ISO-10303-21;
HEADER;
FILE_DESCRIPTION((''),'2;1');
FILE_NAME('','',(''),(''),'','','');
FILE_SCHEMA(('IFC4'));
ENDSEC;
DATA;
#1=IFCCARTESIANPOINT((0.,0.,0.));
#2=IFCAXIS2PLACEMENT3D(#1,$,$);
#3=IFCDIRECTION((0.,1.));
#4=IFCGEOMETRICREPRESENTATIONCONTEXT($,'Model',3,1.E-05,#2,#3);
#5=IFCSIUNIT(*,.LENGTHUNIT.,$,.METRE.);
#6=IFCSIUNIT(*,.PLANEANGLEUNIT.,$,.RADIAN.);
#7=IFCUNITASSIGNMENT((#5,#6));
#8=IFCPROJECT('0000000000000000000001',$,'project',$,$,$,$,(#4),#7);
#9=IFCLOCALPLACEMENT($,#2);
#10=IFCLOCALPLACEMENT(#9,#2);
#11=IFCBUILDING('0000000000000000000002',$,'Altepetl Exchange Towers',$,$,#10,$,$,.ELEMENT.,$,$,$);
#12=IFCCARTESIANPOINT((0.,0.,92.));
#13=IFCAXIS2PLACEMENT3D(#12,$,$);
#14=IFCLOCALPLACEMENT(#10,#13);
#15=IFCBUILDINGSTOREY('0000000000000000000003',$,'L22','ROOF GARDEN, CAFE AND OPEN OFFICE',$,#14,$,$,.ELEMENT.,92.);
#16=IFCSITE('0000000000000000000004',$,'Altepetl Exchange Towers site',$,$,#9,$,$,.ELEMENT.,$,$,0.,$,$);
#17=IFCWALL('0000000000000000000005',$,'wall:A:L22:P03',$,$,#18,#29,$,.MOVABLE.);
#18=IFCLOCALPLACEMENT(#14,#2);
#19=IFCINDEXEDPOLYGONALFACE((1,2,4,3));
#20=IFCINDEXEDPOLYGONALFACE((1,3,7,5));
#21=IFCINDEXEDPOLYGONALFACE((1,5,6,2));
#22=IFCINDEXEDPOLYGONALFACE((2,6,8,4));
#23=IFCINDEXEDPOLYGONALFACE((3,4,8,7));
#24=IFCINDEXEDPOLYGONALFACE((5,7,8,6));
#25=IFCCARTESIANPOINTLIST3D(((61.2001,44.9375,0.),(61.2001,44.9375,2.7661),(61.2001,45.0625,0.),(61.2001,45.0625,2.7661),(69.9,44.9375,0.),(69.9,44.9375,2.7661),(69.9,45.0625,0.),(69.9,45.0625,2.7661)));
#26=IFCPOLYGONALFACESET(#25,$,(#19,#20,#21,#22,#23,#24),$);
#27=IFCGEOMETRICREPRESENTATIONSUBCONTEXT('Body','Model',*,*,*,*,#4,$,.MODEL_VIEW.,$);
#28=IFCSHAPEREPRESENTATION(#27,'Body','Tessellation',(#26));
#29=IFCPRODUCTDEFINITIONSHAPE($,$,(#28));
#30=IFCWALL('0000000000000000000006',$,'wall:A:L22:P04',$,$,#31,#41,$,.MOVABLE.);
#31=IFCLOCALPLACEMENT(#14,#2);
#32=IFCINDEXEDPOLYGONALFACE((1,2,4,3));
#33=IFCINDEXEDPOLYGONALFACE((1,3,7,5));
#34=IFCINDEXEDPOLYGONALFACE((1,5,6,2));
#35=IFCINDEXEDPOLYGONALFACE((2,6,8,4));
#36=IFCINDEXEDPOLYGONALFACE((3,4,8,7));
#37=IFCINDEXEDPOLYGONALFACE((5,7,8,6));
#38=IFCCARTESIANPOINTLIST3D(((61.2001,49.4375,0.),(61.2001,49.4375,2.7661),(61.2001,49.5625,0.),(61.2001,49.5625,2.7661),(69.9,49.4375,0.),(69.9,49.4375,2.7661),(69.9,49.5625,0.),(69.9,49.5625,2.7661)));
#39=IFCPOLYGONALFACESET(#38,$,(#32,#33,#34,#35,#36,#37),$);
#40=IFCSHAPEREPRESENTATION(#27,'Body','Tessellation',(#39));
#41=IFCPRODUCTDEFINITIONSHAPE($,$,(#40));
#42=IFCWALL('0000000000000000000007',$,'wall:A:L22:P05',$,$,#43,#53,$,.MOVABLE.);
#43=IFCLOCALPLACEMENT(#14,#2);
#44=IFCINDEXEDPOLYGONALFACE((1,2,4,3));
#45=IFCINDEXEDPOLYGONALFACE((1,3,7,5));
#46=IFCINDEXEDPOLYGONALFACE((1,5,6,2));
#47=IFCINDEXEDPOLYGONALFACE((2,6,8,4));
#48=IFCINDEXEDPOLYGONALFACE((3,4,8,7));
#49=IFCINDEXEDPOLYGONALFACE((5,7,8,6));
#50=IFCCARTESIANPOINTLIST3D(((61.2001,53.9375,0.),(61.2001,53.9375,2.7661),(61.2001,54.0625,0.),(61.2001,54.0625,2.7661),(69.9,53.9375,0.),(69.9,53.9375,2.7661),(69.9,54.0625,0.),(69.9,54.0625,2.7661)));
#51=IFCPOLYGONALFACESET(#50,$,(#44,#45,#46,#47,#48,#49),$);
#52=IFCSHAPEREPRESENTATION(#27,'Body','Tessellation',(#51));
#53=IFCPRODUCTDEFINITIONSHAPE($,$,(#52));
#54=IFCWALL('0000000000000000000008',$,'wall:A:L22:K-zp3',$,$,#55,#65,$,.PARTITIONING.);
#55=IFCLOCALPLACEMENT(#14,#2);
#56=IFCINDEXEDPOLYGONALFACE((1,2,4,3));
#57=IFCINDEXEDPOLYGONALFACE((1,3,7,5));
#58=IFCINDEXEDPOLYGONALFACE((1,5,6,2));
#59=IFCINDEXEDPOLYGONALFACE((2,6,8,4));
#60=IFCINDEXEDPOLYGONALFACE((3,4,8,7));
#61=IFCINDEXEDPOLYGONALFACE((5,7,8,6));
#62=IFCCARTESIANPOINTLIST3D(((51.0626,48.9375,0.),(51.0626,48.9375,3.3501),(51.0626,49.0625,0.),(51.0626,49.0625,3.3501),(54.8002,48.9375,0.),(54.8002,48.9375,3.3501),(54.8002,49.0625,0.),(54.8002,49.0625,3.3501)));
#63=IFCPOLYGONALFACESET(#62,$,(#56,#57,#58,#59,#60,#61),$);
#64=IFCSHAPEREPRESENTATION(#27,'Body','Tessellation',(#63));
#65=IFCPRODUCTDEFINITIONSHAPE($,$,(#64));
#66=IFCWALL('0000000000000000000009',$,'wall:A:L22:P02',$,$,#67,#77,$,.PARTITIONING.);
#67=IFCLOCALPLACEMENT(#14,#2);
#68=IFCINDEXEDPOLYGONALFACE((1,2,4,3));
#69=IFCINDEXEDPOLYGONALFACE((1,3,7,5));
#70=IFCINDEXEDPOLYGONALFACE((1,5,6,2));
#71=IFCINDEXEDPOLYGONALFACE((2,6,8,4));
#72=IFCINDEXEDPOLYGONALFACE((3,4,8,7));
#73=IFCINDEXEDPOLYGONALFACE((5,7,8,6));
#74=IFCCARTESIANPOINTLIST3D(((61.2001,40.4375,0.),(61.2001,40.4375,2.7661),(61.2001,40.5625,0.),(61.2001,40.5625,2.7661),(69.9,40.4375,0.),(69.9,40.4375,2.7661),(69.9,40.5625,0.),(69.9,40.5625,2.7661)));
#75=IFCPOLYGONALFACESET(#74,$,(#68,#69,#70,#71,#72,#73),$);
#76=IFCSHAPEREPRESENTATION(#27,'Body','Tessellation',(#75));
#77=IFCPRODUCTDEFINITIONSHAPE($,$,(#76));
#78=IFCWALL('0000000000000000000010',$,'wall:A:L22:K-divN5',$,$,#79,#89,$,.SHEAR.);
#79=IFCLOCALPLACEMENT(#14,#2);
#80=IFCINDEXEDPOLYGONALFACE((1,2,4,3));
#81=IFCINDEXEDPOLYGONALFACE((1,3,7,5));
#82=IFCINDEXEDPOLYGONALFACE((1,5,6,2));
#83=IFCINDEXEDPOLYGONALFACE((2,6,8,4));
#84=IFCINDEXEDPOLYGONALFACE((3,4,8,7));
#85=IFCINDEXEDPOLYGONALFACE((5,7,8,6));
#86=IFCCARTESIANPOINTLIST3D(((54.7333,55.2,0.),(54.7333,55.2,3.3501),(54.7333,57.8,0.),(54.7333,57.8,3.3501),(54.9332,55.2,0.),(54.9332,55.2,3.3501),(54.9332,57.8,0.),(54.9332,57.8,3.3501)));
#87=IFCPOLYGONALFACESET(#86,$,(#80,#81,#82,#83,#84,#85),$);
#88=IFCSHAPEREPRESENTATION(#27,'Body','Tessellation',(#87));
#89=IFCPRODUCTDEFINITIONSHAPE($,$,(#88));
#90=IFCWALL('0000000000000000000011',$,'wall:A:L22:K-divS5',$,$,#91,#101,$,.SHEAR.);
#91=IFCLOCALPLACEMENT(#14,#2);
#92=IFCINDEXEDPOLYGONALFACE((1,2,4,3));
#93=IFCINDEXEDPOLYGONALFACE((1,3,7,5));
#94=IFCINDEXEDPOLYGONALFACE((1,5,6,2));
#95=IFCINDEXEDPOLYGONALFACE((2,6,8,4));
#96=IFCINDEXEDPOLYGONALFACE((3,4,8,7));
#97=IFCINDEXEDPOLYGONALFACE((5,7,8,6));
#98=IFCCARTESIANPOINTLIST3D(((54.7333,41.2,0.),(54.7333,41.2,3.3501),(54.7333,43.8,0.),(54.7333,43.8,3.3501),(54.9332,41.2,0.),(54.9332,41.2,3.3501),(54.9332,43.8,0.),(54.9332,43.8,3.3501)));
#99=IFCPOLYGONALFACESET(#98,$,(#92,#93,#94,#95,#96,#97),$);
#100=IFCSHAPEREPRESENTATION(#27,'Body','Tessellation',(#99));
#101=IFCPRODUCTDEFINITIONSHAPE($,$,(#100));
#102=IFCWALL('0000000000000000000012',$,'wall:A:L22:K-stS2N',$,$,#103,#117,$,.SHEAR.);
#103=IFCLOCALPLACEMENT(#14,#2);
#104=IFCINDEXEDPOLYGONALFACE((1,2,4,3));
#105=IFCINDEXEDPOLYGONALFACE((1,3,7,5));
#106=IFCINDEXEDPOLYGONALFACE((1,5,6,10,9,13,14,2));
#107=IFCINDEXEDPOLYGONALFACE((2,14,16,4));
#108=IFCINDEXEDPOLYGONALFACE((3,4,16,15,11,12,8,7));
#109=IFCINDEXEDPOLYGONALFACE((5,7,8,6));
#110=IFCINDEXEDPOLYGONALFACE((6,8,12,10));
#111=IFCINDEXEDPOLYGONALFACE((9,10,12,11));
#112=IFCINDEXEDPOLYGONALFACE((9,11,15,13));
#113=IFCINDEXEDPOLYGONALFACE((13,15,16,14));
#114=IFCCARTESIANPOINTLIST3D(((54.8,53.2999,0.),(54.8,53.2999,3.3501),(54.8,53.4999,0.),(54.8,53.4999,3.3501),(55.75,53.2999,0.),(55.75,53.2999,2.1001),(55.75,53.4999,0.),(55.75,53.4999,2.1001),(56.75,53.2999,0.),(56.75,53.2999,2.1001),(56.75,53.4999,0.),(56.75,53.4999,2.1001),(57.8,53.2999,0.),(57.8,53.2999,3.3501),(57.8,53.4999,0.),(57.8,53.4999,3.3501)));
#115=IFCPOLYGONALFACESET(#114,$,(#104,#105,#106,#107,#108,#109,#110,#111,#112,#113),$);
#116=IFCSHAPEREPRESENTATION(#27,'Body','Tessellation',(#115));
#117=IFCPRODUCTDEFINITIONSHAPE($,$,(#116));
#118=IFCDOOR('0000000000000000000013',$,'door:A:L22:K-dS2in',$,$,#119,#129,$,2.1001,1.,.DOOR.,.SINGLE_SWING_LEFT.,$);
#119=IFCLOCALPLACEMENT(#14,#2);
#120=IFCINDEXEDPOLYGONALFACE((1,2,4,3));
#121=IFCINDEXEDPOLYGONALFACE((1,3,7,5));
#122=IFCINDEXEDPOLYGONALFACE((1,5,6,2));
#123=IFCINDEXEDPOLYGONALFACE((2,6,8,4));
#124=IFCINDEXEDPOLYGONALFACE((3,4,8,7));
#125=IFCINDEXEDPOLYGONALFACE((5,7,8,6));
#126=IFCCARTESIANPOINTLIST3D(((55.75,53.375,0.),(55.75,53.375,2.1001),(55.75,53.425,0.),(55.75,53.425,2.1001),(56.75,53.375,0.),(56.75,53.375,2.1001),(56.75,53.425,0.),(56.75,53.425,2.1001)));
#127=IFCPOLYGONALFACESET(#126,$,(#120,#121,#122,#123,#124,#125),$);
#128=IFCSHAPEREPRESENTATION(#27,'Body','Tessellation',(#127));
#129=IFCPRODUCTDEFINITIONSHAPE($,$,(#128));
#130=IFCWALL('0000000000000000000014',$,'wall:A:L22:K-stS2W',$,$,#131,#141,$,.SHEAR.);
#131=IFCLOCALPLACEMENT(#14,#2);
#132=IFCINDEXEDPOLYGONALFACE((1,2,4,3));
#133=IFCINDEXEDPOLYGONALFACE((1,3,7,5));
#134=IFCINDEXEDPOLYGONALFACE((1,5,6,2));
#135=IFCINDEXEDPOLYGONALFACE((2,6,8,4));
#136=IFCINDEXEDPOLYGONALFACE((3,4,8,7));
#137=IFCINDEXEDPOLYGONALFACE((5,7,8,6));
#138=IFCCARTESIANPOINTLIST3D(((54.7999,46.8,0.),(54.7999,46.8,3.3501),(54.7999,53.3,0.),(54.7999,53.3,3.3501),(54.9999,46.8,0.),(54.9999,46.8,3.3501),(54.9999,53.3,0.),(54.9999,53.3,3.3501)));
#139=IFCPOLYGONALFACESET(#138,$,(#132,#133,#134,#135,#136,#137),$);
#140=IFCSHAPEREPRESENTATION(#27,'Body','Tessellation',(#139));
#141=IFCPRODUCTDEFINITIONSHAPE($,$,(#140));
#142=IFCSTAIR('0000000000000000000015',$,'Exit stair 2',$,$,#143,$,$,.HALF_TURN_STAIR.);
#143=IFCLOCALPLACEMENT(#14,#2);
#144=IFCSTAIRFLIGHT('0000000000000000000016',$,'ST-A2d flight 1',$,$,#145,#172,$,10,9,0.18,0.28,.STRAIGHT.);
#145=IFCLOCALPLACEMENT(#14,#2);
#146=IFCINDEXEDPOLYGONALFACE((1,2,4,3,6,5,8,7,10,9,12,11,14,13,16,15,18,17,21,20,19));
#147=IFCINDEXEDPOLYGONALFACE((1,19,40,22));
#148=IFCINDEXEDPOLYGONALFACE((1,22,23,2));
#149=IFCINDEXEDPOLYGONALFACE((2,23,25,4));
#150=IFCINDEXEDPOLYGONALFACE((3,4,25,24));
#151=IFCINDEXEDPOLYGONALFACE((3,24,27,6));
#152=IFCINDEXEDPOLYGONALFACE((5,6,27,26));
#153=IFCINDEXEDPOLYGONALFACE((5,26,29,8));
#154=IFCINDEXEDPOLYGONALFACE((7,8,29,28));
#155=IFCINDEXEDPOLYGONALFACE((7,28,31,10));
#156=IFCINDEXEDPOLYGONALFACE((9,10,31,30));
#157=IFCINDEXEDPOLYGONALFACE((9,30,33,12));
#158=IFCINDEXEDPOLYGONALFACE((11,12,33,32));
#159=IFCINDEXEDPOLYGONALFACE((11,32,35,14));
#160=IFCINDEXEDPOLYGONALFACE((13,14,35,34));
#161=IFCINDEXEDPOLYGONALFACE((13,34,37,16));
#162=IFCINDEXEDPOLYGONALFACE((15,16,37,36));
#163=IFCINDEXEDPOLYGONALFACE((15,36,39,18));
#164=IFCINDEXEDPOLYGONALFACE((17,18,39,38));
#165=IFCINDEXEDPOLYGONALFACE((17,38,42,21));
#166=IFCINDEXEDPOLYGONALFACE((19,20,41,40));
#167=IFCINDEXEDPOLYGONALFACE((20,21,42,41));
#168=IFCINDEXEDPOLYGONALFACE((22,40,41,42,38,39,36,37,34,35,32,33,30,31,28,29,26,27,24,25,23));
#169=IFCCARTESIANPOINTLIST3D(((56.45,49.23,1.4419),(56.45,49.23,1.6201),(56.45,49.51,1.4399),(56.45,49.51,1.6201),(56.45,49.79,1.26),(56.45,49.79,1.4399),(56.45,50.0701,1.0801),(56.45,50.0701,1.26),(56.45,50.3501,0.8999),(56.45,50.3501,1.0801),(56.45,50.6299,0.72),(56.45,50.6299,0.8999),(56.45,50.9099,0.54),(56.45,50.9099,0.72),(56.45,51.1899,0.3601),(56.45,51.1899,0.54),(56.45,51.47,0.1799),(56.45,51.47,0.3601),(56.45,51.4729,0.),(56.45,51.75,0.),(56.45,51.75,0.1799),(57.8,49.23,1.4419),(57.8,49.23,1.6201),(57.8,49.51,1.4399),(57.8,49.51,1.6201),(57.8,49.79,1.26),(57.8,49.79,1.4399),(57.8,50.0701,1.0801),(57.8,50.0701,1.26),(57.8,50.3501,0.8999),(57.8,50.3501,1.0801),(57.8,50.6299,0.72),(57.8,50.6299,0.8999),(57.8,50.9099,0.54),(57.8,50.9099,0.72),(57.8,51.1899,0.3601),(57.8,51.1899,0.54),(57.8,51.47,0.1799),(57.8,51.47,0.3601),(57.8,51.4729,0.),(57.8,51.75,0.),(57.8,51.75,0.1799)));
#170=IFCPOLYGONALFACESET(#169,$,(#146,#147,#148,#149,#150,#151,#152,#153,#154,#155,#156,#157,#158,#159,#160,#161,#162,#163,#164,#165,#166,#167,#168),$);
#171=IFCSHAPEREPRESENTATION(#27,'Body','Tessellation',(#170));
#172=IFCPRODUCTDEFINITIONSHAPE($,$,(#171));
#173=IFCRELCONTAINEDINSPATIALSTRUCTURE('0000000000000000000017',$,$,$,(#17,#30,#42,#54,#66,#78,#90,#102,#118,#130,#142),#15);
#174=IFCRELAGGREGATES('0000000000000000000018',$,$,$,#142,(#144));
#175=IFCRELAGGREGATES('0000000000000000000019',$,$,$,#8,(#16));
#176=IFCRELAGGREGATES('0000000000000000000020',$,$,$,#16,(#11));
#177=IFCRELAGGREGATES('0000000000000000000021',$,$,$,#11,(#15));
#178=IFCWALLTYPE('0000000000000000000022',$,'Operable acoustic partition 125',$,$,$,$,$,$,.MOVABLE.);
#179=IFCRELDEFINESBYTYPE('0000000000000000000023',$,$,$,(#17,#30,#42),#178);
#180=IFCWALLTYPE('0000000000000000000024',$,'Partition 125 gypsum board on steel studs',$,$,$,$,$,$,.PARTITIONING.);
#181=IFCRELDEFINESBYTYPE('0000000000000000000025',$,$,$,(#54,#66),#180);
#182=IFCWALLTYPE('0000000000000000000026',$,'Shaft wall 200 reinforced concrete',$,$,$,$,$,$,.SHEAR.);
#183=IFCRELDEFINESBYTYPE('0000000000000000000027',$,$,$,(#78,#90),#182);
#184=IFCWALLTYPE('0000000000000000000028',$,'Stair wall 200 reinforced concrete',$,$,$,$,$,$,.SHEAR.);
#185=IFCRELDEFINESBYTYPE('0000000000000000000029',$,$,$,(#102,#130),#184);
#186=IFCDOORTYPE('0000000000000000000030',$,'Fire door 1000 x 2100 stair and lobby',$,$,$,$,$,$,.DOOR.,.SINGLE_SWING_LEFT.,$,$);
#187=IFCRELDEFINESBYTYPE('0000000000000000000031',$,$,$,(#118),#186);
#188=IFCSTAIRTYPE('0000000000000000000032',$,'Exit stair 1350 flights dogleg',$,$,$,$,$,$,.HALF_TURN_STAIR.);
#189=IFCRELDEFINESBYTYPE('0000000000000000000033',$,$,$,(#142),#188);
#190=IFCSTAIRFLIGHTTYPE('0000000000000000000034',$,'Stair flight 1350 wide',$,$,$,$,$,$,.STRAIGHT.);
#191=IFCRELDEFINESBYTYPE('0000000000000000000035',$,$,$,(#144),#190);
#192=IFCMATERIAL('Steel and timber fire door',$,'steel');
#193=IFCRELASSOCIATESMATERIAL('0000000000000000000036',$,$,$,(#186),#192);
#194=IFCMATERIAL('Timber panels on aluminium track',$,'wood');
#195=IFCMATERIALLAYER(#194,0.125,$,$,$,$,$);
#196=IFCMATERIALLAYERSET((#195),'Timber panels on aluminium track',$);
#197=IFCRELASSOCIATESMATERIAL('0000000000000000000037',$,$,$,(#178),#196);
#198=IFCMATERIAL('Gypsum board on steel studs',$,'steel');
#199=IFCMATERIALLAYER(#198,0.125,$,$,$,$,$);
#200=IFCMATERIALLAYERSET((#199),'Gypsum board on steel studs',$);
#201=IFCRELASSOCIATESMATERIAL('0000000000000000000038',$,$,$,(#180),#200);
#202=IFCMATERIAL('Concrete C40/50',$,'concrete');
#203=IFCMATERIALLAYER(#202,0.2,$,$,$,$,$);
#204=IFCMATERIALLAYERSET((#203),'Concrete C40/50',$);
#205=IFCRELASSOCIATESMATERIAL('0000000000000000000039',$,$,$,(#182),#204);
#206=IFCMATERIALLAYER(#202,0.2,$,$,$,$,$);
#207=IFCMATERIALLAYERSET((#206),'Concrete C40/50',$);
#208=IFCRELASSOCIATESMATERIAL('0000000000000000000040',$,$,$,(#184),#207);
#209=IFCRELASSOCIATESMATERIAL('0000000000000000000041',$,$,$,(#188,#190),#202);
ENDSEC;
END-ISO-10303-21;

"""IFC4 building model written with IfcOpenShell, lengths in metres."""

from ifc_helpers import new_model, si_unit, direction, frame, frame_2d, origin, place, context, subcontext, project, spatial, polyline, rectangle, outline, extrude, material, layer, layer_set, type_object, element, fill, aggregate, save


model = new_model("IFC4")

# Units and contexts
model_context = context("Model", 3, precision=1e-05, world=origin(), true_north=direction((0.0, 1.0)))
body_context = subcontext(model_context, "Body", "Model", "MODEL_VIEW")
ifc_project = project(units=[si_unit("LENGTHUNIT", "METRE"), si_unit("PLANEANGLEUNIT", "RADIAN")], contexts=[model_context])

# Site, building, storey
site_placement = place(None, origin())
site = spatial("IfcSite", under=ifc_project, at=site_placement, Name="Altepetl Exchange Towers site", CompositionType="ELEMENT", RefElevation=0.0)
building_placement = place(site_placement, origin())
building = spatial("IfcBuilding", under=site, at=building_placement, Name="Altepetl Exchange Towers", CompositionType="ELEMENT")
storey_placement = place(building_placement, frame((0.0, 0.0, 92.0)))
storey = spatial("IfcBuildingStorey", under=building, at=storey_placement, Name="L22", Description="ROOF GARDEN, CAFE AND OPEN OFFICE", CompositionType="ELEMENT", Elevation=92.0)

# Shared definitions
ifc_material_1 = material(Name="Steel and timber fire door", Category="steel")
door_type_1 = type_object("IfcDoorType", Name="Fire door 1000 x 2100 stair and lobby", OperationType="SINGLE_SWING_LEFT", PredefinedType="DOOR", material=ifc_material_1)

# Walls
ifc_material_2 = material(Name="Timber panels on aluminium track", Category="wood")
ifc_layer_1 = layer(ifc_material_2, 0.125)
ifc_layer_set_1 = layer_set([ifc_layer_1], Name="Timber panels on aluminium track")
wall_type_1 = type_object("IfcWallType", Name="Operable acoustic partition 125", PredefinedType="MOVABLE", material=ifc_layer_set_1)
for number, where, name in (
    (1, (61.2, 45.0, 0.0), "wall:A:L22:P03"),
    (2, (61.2, 49.5, 0.0), "wall:A:L22:P04"),
    (3, (61.2, 54.0, 0.0), "wall:A:L22:P05"),
):
    element("IfcWall", number, at=place(storey_placement, frame(where)), inside=storey, type_object=wall_type_1, Name=name, PredefinedType="MOVABLE", context=body_context, shape_type="SweptSolid", body=[
        extrude(rectangle(XDim=8.7, YDim=0.125, at=frame_2d((4.3501, 0.0))), origin(), (0.0, 0.0, 1.0), 2.7661),
    ])
ifc_material_3 = material(Name="Gypsum board on steel studs", Category="steel")
ifc_layer_2 = layer(ifc_material_3, 0.125)
ifc_layer_set_2 = layer_set([ifc_layer_2], Name="Gypsum board on steel studs")
wall_type_2 = type_object("IfcWallType", Name="Partition 125 gypsum board on steel studs", PredefinedType="PARTITIONING", material=ifc_layer_set_2)
wall_1_placement = place(storey_placement, frame((54.8, 49.0, 0.0), z_axis=(0.0, 0.0, 1.0), x_axis=(-1.0, 0.0, 0.0)))
element("IfcWall", 4, at=wall_1_placement, inside=storey, type_object=wall_type_2, Name="wall:A:L22:K-zp3", PredefinedType="PARTITIONING", context=body_context, shape_type="SweptSolid", body=[
    extrude(rectangle(XDim=3.7375, YDim=0.125, at=frame_2d((1.8687, 0.0))), origin(), (0.0, 0.0, 1.0), 3.3501),
])
wall_2_placement = place(storey_placement, frame((61.2, 40.5, 0.0)))
element("IfcWall", 5, at=wall_2_placement, inside=storey, type_object=wall_type_2, Name="wall:A:L22:P02", PredefinedType="PARTITIONING", context=body_context, shape_type="SweptSolid", body=[
    extrude(rectangle(XDim=8.7, YDim=0.125, at=frame_2d((4.3501, 0.0))), origin(), (0.0, 0.0, 1.0), 2.7661),
])
ifc_material_4 = material(Name="Concrete C40/50", Category="concrete")
ifc_layer_3 = layer(ifc_material_4, 0.2)
ifc_layer_set_3 = layer_set([ifc_layer_3], Name="Concrete C40/50")
wall_type_3 = type_object("IfcWallType", Name="Shaft wall 200 reinforced concrete", PredefinedType="SHEAR", material=ifc_layer_set_3)
for number, where, z_axis, x_axis, name in (
    (6, (54.8333, 57.8, 0.0), (0.0, 0.0, 1.0), (0.0, -1.0, 0.0), "wall:A:L22:K-divN5"),
    (7, (54.8333, 41.2, 0.0), (0.0, 0.0, 1.0), (0.0, 1.0, 0.0), "wall:A:L22:K-divS5"),
):
    element("IfcWall", number, at=place(storey_placement, frame(where, z_axis=z_axis, x_axis=x_axis)), inside=storey, type_object=wall_type_3, Name=name, PredefinedType="SHEAR", context=body_context, shape_type="SweptSolid", body=[
        extrude(rectangle(XDim=2.6001, YDim=0.2, at=frame_2d((1.3, 0.0))), origin(), (0.0, 0.0, 1.0), 3.3501),
    ])

# Wall, opening, door
ifc_layer_4 = layer(ifc_material_4, 0.2)
ifc_layer_set_4 = layer_set([ifc_layer_4], Name="Concrete C40/50")
wall_type_4 = type_object("IfcWallType", Name="Stair wall 200 reinforced concrete", PredefinedType="SHEAR", material=ifc_layer_set_4)
wall_3_placement = place(storey_placement, frame((54.8, 53.3999, 0.0)))
wall_3 = element("IfcWall", 8, at=wall_3_placement, inside=storey, type_object=wall_type_4, Name="wall:A:L22:K-stS2N", PredefinedType="SHEAR", context=body_context, shape_type="SweptSolid", body=[
    extrude(rectangle(XDim=3.0, YDim=0.2, at=frame_2d((1.5, 0.0))), origin(), (0.0, 0.0, 1.0), 3.3501),
])
opening_1_placement = place(wall_3_placement, frame((0.95, 0.0, 0.0)))
opening_1 = element("IfcOpeningElement", 9, at=opening_1_placement, cuts=wall_3, PredefinedType="OPENING", context=body_context, shape_type="SweptSolid", body=[
    extrude(rectangle(XDim=1.0, YDim=2.1001, at=frame_2d((0.5, 1.05))), frame((0.0, 0.1099, 0.0), z_axis=(0.0, -1.0, 0.0), x_axis=(1.0, 0.0, 0.0)), (0.0, 0.0, 1.0), 0.22),
])
door_1_placement = place(opening_1_placement, frame((1.0, 0.0, 0.0), x_axis=(-1.0, 0.0, 0.0)))
door_1 = element("IfcDoor", 10, at=door_1_placement, inside=storey, type_object=door_type_1, Name="door:A:L22:K-dS2in", OperationType="SINGLE_SWING_LEFT", OverallHeight=2.1001, OverallWidth=1.0, PredefinedType="DOOR", context=body_context, shape_type="SweptSolid", body=[
    extrude(rectangle(XDim=1.0, YDim=2.1001, at=frame_2d((0.5, 1.05))), frame((0.0, 0.0249, 0.0), z_axis=(0.0, -1.0, 0.0), x_axis=(1.0, 0.0, 0.0)), (0.0, 0.0, 1.0), 0.05),
])
fill(opening_1, door_1)

# Wall
wall_4_placement = place(storey_placement, frame((54.8999, 46.8, 0.0), z_axis=(0.0, 0.0, 1.0), x_axis=(0.0, 1.0, 0.0)))
element("IfcWall", 11, at=wall_4_placement, inside=storey, type_object=wall_type_4, Name="wall:A:L22:K-stS2W", PredefinedType="SHEAR", context=body_context, shape_type="SweptSolid", body=[
    extrude(rectangle(XDim=6.5, YDim=0.2, at=frame_2d((3.25, 0.0))), origin(), (0.0, 0.0, 1.0), 3.3501),
])

# Stair, stair flight
stair_type = type_object("IfcStairType", Name="Exit stair 1350 flights dogleg", PredefinedType="HALF_TURN_STAIR", material=ifc_material_4)
stair_placement = place(storey_placement, origin())
stair = element("IfcStair", 12, at=stair_placement, inside=storey, type_object=stair_type, Name="Exit stair 2", PredefinedType="HALF_TURN_STAIR")
stair_flight_type = type_object("IfcStairFlightType", Name="Stair flight 1350 wide", PredefinedType="STRAIGHT", material=ifc_material_4)
stair_flight_1_placement = place(storey_placement, frame((57.125, 51.75, 0.0), z_axis=(0.0, 0.0, 1.0), x_axis=(0.0, -1.0, 0.0)))
stair_flight_1 = element("IfcStairFlight", 13, at=stair_flight_1_placement, type_object=stair_flight_type, Name="ST-A2d flight 1", NumberOfRisers=10, NumberOfTreads=9, PredefinedType="STRAIGHT", RiserHeight=0.18, TreadLength=0.28, context=body_context, shape_type="SweptSolid", body=[
    extrude(outline(polyline([(0.0, 0.0), (0.0, 0.1799), (0.28, 0.1799), (0.28, 0.3601), (0.5601, 0.3601), (0.5601, 0.54), (0.8401, 0.54), (0.8401, 0.72), (1.1201, 0.72), (1.1201, 0.8999), (1.3999, 0.8999), (1.3999, 1.0801), (1.6799, 1.0801), (1.6799, 1.26), (1.96, 1.26), (1.96, 1.4399), (2.24, 1.4399), (2.24, 1.6201), (2.52, 1.6201), (2.52, 1.8), (2.52, 1.4419), (0.2771, 0.0), (0.0, 0.0)])), frame((0.0, 0.675, 0.0), z_axis=(0.0, -1.0, 0.0), x_axis=(1.0, 0.0, 0.0)), (0.0, 0.0, 1.0), 1.3501),
])
aggregate(stair, [stair_flight_1])

save(model, "model.ifc")
